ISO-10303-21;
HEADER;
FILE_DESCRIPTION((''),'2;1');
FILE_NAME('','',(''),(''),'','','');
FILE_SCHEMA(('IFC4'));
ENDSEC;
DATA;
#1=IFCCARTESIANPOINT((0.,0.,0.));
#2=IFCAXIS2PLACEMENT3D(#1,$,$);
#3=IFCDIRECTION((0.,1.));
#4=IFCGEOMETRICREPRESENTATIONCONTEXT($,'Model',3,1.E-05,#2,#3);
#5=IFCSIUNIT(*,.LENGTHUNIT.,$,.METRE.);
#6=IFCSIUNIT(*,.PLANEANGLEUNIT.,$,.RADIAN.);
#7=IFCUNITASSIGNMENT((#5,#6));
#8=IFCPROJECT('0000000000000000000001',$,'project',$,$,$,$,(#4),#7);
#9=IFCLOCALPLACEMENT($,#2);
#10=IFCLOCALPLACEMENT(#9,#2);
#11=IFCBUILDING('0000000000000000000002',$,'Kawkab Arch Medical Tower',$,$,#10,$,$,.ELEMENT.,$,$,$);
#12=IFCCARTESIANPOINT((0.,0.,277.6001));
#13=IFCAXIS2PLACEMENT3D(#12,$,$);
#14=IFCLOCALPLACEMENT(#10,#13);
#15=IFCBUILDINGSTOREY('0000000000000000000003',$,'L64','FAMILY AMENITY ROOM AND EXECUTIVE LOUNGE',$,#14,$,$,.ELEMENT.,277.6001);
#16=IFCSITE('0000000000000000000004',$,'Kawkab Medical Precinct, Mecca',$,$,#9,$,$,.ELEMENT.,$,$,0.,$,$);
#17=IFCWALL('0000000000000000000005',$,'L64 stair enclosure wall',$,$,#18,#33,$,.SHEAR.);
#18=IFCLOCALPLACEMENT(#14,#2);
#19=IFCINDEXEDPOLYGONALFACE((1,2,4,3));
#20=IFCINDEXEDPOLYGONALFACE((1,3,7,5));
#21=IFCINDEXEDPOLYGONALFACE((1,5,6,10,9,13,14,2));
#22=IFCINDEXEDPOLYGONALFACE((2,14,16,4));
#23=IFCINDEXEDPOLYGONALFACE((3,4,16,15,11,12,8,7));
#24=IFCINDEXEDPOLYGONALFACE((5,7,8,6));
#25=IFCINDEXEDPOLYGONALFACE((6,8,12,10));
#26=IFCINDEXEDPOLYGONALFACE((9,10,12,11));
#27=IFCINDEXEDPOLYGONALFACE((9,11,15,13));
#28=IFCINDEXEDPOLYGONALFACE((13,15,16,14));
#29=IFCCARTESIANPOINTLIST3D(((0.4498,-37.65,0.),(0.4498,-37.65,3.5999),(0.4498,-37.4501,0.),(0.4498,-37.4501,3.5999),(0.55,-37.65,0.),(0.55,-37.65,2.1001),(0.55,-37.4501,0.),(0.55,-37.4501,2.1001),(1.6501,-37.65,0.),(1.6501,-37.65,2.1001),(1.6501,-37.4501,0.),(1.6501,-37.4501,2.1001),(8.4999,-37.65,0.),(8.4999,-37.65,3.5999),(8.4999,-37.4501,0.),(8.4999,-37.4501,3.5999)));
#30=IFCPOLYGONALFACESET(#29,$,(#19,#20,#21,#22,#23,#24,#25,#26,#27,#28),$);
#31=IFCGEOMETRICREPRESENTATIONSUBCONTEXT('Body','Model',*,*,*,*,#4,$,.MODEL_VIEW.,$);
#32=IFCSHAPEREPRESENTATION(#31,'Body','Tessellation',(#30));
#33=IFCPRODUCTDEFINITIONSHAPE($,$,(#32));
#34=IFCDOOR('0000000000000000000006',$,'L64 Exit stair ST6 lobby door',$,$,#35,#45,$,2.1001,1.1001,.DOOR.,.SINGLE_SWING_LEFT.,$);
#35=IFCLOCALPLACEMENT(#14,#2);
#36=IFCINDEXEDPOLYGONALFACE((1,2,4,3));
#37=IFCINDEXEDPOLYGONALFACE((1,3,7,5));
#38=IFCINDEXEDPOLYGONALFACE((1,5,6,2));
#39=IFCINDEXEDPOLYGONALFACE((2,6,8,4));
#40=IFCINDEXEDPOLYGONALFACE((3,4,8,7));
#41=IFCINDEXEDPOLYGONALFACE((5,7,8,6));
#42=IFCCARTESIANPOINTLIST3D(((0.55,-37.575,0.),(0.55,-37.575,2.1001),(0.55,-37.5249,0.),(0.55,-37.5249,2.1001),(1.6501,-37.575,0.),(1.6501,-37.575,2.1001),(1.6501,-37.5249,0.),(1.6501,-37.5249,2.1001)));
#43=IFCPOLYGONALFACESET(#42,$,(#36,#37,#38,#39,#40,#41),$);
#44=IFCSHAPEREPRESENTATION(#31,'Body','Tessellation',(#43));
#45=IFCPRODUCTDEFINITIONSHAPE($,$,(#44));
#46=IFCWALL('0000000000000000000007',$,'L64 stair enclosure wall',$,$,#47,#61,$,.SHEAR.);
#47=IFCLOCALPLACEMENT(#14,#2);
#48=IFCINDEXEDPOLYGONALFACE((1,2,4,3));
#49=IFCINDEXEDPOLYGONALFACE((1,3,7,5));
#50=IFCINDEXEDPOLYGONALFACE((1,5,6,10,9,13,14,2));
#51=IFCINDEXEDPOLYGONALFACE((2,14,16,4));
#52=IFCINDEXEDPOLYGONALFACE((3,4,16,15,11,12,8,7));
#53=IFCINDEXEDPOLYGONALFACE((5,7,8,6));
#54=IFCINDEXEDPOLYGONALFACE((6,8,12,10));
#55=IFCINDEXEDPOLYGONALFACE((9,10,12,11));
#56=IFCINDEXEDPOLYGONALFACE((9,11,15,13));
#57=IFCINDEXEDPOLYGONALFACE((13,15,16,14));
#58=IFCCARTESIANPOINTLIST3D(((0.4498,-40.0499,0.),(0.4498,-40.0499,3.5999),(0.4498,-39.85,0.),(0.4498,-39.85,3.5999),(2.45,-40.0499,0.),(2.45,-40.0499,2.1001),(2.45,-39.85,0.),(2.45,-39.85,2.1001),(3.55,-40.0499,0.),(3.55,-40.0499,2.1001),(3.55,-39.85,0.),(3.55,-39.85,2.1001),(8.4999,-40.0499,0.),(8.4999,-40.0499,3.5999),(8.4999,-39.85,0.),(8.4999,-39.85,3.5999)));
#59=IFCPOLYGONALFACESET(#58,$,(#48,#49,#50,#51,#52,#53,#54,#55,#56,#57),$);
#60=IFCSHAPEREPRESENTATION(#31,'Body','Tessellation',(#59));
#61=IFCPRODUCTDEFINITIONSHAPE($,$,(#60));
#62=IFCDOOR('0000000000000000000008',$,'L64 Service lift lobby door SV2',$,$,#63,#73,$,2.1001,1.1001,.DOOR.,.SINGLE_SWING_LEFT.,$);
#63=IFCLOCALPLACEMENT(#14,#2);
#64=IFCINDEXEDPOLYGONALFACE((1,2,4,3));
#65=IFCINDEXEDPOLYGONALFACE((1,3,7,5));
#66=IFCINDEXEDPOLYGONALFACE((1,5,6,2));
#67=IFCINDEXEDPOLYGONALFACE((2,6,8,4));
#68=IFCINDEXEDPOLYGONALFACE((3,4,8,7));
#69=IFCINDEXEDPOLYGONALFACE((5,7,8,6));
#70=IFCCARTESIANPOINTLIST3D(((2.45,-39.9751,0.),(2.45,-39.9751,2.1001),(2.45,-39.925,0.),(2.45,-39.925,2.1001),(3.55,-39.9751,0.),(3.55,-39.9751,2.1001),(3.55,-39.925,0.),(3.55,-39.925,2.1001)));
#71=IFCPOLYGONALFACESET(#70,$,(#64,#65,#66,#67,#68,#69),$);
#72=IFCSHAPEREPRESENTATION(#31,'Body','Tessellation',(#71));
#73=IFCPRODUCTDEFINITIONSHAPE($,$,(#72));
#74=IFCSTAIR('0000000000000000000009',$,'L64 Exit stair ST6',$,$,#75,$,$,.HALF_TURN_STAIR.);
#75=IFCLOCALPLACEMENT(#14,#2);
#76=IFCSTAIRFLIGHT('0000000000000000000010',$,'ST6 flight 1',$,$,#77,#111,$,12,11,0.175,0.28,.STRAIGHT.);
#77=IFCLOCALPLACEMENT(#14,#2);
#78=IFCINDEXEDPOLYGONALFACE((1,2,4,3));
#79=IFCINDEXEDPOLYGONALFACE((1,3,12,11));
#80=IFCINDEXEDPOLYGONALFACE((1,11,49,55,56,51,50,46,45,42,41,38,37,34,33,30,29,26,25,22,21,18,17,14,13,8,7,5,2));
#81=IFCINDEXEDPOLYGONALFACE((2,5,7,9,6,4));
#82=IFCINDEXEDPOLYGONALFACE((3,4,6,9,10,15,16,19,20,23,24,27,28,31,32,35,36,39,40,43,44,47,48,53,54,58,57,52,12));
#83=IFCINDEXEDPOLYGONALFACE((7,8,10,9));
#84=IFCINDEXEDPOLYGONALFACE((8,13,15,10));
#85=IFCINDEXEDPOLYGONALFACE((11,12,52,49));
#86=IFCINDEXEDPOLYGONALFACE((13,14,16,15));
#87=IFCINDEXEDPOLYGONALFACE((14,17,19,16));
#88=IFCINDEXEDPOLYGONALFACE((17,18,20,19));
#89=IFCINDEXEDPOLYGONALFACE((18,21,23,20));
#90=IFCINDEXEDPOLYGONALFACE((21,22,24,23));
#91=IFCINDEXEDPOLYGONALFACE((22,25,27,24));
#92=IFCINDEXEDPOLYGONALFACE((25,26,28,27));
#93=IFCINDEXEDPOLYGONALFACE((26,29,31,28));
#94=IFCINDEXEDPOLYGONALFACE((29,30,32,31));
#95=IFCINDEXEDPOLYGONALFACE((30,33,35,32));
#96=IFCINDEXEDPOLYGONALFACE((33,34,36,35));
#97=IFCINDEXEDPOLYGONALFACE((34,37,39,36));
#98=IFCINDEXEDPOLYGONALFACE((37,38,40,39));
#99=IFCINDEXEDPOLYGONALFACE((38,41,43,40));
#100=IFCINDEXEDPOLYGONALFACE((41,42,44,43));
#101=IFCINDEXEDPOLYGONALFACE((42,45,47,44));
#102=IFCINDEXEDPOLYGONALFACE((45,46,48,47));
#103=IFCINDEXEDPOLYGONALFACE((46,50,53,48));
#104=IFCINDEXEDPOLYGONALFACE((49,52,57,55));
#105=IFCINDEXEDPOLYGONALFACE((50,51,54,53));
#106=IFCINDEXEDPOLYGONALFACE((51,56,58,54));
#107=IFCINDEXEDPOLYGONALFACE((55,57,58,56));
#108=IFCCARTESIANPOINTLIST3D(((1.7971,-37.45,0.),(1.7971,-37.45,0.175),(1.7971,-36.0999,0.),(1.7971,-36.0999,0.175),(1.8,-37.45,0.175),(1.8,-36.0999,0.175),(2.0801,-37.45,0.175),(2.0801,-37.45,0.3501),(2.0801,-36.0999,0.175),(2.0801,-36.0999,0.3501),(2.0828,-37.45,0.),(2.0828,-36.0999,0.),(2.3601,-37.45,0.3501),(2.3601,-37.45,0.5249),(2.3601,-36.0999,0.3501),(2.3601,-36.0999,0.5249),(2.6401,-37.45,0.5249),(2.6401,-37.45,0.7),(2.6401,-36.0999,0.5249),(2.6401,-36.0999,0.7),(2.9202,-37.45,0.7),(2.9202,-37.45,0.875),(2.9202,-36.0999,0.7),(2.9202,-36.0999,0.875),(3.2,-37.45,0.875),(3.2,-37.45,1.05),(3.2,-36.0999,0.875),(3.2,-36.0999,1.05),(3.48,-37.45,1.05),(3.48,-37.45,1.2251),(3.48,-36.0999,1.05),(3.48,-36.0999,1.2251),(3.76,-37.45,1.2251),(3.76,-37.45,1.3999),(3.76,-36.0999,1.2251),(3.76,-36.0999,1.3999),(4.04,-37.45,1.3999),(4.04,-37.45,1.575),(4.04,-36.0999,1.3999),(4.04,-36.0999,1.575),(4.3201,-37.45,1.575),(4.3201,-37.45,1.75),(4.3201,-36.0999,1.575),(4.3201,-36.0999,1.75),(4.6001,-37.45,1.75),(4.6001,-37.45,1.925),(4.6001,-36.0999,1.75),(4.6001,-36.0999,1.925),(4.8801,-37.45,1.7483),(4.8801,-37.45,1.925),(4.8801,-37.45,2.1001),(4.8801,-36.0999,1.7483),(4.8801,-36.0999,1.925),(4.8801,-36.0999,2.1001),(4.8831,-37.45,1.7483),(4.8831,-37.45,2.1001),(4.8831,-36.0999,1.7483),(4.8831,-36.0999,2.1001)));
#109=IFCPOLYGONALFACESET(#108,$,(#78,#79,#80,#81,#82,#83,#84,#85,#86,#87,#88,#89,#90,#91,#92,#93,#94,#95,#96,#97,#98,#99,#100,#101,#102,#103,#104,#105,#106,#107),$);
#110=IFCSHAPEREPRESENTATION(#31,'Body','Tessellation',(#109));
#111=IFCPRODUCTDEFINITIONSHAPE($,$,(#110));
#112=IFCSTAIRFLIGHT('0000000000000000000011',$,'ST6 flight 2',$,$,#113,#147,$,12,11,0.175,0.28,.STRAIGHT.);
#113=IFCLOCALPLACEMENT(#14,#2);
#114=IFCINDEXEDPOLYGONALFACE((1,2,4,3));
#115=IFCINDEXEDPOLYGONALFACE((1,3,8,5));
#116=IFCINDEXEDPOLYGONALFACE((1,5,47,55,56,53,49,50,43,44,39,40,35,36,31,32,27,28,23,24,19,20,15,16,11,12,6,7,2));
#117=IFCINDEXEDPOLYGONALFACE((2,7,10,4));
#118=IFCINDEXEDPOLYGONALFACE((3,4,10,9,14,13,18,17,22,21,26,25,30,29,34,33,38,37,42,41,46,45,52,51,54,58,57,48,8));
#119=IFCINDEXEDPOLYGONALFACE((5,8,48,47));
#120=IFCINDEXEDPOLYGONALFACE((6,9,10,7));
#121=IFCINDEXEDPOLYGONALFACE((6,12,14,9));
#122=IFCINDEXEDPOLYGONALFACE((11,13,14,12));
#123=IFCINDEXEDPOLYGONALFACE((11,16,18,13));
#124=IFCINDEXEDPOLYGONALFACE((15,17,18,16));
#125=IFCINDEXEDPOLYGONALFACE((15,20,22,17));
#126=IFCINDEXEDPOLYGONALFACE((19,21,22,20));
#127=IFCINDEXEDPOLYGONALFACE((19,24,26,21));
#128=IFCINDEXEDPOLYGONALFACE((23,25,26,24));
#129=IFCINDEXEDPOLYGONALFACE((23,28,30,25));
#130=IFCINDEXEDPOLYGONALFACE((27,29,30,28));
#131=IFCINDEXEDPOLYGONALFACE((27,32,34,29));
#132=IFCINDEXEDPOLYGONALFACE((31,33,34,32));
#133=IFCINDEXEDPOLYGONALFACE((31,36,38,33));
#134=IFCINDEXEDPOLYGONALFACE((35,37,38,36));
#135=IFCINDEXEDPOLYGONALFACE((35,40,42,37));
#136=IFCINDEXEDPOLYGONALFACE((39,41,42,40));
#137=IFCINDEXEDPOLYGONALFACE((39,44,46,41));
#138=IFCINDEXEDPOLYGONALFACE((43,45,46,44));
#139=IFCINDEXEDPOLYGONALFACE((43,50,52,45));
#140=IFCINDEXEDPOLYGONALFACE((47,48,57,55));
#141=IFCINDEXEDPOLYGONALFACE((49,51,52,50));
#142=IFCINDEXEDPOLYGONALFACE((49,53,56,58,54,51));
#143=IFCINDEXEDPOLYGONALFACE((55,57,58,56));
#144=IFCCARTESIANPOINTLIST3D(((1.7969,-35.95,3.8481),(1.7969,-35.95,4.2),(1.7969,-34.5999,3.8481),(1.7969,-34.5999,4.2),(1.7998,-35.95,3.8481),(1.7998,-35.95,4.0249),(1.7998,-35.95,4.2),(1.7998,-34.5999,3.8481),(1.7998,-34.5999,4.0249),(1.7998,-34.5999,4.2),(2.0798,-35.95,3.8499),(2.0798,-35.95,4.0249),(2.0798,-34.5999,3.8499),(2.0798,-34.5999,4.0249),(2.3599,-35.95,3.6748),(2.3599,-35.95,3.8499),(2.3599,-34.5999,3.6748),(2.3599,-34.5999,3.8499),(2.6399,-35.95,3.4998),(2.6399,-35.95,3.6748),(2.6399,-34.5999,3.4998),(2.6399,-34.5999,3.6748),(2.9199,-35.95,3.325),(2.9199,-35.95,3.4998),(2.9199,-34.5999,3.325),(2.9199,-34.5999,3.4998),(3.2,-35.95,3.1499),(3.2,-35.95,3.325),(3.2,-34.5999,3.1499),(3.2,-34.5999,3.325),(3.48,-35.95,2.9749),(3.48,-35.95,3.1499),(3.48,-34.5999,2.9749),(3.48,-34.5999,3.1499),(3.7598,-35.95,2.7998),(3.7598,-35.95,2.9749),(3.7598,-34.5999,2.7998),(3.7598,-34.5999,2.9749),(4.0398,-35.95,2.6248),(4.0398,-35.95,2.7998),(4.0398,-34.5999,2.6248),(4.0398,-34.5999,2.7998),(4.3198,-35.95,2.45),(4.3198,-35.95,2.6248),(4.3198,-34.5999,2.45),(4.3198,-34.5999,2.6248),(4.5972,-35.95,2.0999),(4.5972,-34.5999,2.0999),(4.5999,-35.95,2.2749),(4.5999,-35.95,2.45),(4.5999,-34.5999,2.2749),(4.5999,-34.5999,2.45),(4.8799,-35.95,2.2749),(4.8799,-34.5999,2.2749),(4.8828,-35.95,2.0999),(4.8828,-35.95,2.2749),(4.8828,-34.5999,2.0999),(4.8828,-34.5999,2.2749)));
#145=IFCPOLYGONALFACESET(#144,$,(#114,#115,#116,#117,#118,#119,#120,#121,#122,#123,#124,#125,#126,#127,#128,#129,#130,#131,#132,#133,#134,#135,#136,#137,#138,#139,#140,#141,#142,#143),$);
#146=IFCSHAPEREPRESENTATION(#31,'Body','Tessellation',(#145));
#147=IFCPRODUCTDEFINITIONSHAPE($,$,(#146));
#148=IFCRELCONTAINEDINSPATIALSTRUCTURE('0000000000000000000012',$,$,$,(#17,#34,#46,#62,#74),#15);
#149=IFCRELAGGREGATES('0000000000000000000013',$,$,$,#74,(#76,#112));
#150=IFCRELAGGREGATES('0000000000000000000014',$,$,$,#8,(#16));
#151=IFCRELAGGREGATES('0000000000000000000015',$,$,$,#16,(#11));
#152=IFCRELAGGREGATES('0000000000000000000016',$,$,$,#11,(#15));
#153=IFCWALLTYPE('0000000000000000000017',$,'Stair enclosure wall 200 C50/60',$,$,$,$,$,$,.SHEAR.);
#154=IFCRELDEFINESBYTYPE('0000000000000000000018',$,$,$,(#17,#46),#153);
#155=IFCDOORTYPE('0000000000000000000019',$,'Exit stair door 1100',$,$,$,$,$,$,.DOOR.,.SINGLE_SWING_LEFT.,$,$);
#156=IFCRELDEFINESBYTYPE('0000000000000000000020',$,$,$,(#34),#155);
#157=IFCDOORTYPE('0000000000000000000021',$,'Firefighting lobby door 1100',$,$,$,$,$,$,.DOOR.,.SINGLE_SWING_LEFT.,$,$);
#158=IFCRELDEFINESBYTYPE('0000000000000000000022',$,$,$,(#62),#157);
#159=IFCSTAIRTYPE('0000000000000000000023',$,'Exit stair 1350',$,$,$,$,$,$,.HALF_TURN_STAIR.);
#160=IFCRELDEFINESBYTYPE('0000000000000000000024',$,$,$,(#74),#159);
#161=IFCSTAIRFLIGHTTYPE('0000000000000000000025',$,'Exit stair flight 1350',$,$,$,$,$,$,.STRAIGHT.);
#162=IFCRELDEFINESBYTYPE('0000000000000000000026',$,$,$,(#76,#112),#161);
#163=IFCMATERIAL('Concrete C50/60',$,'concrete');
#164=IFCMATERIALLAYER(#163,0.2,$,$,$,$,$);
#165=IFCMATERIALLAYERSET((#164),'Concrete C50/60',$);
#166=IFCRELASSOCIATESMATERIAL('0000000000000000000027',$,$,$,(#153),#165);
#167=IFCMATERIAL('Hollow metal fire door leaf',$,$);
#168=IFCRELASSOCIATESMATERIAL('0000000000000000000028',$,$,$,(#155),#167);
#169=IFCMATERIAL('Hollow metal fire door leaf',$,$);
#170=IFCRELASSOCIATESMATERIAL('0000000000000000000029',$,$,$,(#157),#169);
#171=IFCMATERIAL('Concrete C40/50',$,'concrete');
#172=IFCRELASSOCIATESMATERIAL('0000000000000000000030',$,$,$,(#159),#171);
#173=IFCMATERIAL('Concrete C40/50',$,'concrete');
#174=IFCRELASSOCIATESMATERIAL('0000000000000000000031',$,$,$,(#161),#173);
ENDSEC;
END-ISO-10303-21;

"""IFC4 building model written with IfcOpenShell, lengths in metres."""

from ifc_helpers import new_model, si_unit, direction, frame, frame_2d, origin, place, context, subcontext, project, spatial, polyline, rectangle, outline, extrude, material, layer, layer_set, type_object, element, fill, aggregate, save


model = new_model("IFC4")

# Units and contexts
model_context = context("Model", 3, precision=1e-05, world=origin(), true_north=direction((0.0, 1.0)))
body_context = subcontext(model_context, "Body", "Model", "MODEL_VIEW")
ifc_project = project(units=[si_unit("LENGTHUNIT", "METRE"), si_unit("PLANEANGLEUNIT", "RADIAN")], contexts=[model_context])

# Site, building, storey
site_placement = place(None, origin())
site = spatial("IfcSite", under=ifc_project, at=site_placement, Name="Kawkab Medical Precinct, Mecca", CompositionType="ELEMENT", RefElevation=0.0)
building_placement = place(site_placement, origin())
building = spatial("IfcBuilding", under=site, at=building_placement, Name="Kawkab Arch Medical Tower", CompositionType="ELEMENT")
storey_placement = place(building_placement, frame((0.0, 0.0, 277.6001)))
storey = spatial("IfcBuildingStorey", under=building, at=storey_placement, Name="L64", Description="FAMILY AMENITY ROOM AND EXECUTIVE LOUNGE", CompositionType="ELEMENT", Elevation=277.6001)

# Shared definitions
placement = place(storey_placement, origin())

# Walls, openings, doors
ifc_material_1 = material(Name="Concrete C50/60", Category="concrete")
ifc_layer_1 = layer(ifc_material_1, 0.2)
ifc_layer_set_1 = layer_set([ifc_layer_1], Name="Concrete C50/60")
wall_type_1 = type_object("IfcWallType", Name="Stair enclosure wall 200 C50/60", PredefinedType="SHEAR", material=ifc_layer_set_1)
wall_1_placement = place(storey_placement, frame((0.45, -37.55, 0.0), z_axis=(0.0, 0.0, 1.0), x_axis=(1.0, 0.0, 0.0)))
wall_1 = element("IfcWall", 1, at=wall_1_placement, inside=storey, type_object=wall_type_1, Name="L64 stair enclosure wall", PredefinedType="SHEAR", context=body_context, shape_type="SweptSolid", body=[
    extrude(rectangle(XDim=8.05, YDim=0.2, at=frame_2d((4.0249, 0.0))), origin(), (0.0, 0.0, 1.0), 3.5999),
])
opening_1_placement = place(wall_1_placement, frame((0.1001, 0.0, 0.0)))
opening_1 = element("IfcOpeningElement", 2, at=opening_1_placement, cuts=wall_1, PredefinedType="OPENING", context=body_context, shape_type="SweptSolid", body=[
    extrude(rectangle(XDim=1.1001, YDim=2.1001, at=frame_2d((0.55, 1.05))), frame((0.0, 0.1099, 0.0), z_axis=(0.0, -1.0, 0.0), x_axis=(1.0, 0.0, 0.0)), (0.0, 0.0, 1.0), 0.22),
])
ifc_material_2 = material(Name="Hollow metal fire door leaf")
door_type_1 = type_object("IfcDoorType", Name="Exit stair door 1100", OperationType="SINGLE_SWING_LEFT", PredefinedType="DOOR", material=ifc_material_2)
door_1_placement = place(opening_1_placement, frame((1.1001, 0.0, 0.0), z_axis=(0.0, 0.0, 1.0), x_axis=(-1.0, 0.0, 0.0)))
door_1 = element("IfcDoor", 3, at=door_1_placement, inside=storey, type_object=door_type_1, Name="L64 Exit stair ST6 lobby door", OperationType="SINGLE_SWING_LEFT", OverallHeight=2.1001, OverallWidth=1.1001, PredefinedType="DOOR", context=body_context, shape_type="SweptSolid", body=[
    extrude(rectangle(XDim=1.1001, YDim=2.1001, at=frame_2d((0.55, 1.05))), frame((0.0, 0.0249, 0.0), z_axis=(0.0, -1.0, 0.0), x_axis=(1.0, 0.0, 0.0)), (0.0, 0.0, 1.0), 0.05),
])
fill(opening_1, door_1)
wall_2_placement = place(storey_placement, frame((0.45, -39.95, 0.0), z_axis=(0.0, 0.0, 1.0), x_axis=(1.0, 0.0, 0.0)))
wall_2 = element("IfcWall", 4, at=wall_2_placement, inside=storey, type_object=wall_type_1, Name="L64 stair enclosure wall", PredefinedType="SHEAR", context=body_context, shape_type="SweptSolid", body=[
    extrude(rectangle(XDim=8.05, YDim=0.2, at=frame_2d((4.0249, 0.0))), origin(), (0.0, 0.0, 1.0), 3.5999),
])
opening_2_placement = place(wall_2_placement, frame((2.0, 0.0, 0.0)))
opening_2 = element("IfcOpeningElement", 5, at=opening_2_placement, cuts=wall_2, PredefinedType="OPENING", context=body_context, shape_type="SweptSolid", body=[
    extrude(rectangle(XDim=1.1001, YDim=2.1001, at=frame_2d((0.55, 1.05))), frame((0.0, 0.1099, 0.0), z_axis=(0.0, -1.0, 0.0), x_axis=(1.0, 0.0, 0.0)), (0.0, 0.0, 1.0), 0.22),
])
ifc_material_3 = material(Name="Hollow metal fire door leaf")
door_type_2 = type_object("IfcDoorType", Name="Firefighting lobby door 1100", OperationType="SINGLE_SWING_LEFT", PredefinedType="DOOR", material=ifc_material_3)
door_2_placement = place(opening_2_placement, origin())
door_2 = element("IfcDoor", 6, at=door_2_placement, inside=storey, type_object=door_type_2, Name="L64 Service lift lobby door SV2", OperationType="SINGLE_SWING_LEFT", OverallHeight=2.1001, OverallWidth=1.1001, PredefinedType="DOOR", context=body_context, shape_type="SweptSolid", body=[
    extrude(rectangle(XDim=1.1001, YDim=2.1001, at=frame_2d((0.55, 1.05))), frame((0.0, 0.0249, 0.0), z_axis=(0.0, -1.0, 0.0), x_axis=(1.0, 0.0, 0.0)), (0.0, 0.0, 1.0), 0.05),
])
fill(opening_2, door_2)

# Stair, stair flights
ifc_material_4 = material(Name="Concrete C40/50", Category="concrete")
stair_type = type_object("IfcStairType", Name="Exit stair 1350", PredefinedType="HALF_TURN_STAIR", material=ifc_material_4)
stair = element("IfcStair", 7, at=placement, inside=storey, type_object=stair_type, Name="L64 Exit stair ST6", PredefinedType="HALF_TURN_STAIR")
ifc_material_5 = material(Name="Concrete C40/50", Category="concrete")
stair_flight_type = type_object("IfcStairFlightType", Name="Exit stair flight 1350", PredefinedType="STRAIGHT", material=ifc_material_5)
stair_flight_1_placement = place(storey_placement, frame((1.8, -36.7749, 0.0), z_axis=(0.0, 0.0, 1.0), x_axis=(1.0, 0.0, 0.0)))
stair_flight_1 = element("IfcStairFlight", 8, at=stair_flight_1_placement, type_object=stair_flight_type, Name="ST6 flight 1", NumberOfRisers=12, NumberOfTreads=11, PredefinedType="STRAIGHT", RiserHeight=0.175, TreadLength=0.28, context=body_context, shape_type="SweptSolid", body=[
    extrude(outline(polyline([(-0.0029, 0.0), (-0.0029, 0.175), (0.0, 0.175), (0.28, 0.175), (0.28, 0.3501), (0.5601, 0.3501), (0.5601, 0.5249), (0.8401, 0.5249), (0.8401, 0.7), (1.1201, 0.7), (1.1201, 0.875), (1.3999, 0.875), (1.3999, 1.05), (1.6799, 1.05), (1.6799, 1.2251), (1.96, 1.2251), (1.96, 1.3999), (2.24, 1.3999), (2.24, 1.575), (2.52, 1.575), (2.52, 1.75), (2.8, 1.75), (2.8, 1.925), (3.0801, 1.925), (3.0801, 2.1001), (3.083, 2.1001), (3.083, 1.7483), (3.0801, 1.7483), (0.2827, 0.0), (-0.0029, 0.0)])), frame((0.0, 0.675, 0.0), z_axis=(0.0, -1.0, 0.0), x_axis=(1.0, 0.0, 0.0)), (0.0, 0.0, 1.0), 1.3501),
])
stair_flight_2_placement = place(storey_placement, frame((4.8799, -35.2749, 2.0999), z_axis=(0.0, 0.0, 1.0), x_axis=(-1.0, 0.0, 0.0)))
stair_flight_2 = element("IfcStairFlight", 9, at=stair_flight_2_placement, type_object=stair_flight_type, Name="ST6 flight 2", NumberOfRisers=12, NumberOfTreads=11, PredefinedType="STRAIGHT", RiserHeight=0.175, TreadLength=0.28, context=body_context, shape_type="SweptSolid", body=[
    extrude(outline(polyline([(-0.0029, 0.0), (-0.0029, 0.175), (0.0, 0.175), (0.28, 0.175), (0.28, 0.3501), (0.5601, 0.3501), (0.5601, 0.5249), (0.8401, 0.5249), (0.8401, 0.7), (1.1201, 0.7), (1.1201, 0.875), (1.3999, 0.875), (1.3999, 1.05), (1.6799, 1.05), (1.6799, 1.2251), (1.96, 1.2251), (1.96, 1.3999), (2.24, 1.3999), (2.24, 1.575), (2.52, 1.575), (2.52, 1.75), (2.8, 1.75), (2.8, 1.925), (3.0801, 1.925), (3.0801, 2.1001), (3.083, 2.1001), (3.083, 1.7483), (3.0801, 1.7483), (0.2827, 0.0), (-0.0029, 0.0)])), frame((0.0, 0.675, 0.0), z_axis=(0.0, -1.0, 0.0), x_axis=(1.0, 0.0, 0.0)), (0.0, 0.0, 1.0), 1.3501),
])
aggregate(stair, [stair_flight_1, stair_flight_2])

save(model, "model.ifc")
